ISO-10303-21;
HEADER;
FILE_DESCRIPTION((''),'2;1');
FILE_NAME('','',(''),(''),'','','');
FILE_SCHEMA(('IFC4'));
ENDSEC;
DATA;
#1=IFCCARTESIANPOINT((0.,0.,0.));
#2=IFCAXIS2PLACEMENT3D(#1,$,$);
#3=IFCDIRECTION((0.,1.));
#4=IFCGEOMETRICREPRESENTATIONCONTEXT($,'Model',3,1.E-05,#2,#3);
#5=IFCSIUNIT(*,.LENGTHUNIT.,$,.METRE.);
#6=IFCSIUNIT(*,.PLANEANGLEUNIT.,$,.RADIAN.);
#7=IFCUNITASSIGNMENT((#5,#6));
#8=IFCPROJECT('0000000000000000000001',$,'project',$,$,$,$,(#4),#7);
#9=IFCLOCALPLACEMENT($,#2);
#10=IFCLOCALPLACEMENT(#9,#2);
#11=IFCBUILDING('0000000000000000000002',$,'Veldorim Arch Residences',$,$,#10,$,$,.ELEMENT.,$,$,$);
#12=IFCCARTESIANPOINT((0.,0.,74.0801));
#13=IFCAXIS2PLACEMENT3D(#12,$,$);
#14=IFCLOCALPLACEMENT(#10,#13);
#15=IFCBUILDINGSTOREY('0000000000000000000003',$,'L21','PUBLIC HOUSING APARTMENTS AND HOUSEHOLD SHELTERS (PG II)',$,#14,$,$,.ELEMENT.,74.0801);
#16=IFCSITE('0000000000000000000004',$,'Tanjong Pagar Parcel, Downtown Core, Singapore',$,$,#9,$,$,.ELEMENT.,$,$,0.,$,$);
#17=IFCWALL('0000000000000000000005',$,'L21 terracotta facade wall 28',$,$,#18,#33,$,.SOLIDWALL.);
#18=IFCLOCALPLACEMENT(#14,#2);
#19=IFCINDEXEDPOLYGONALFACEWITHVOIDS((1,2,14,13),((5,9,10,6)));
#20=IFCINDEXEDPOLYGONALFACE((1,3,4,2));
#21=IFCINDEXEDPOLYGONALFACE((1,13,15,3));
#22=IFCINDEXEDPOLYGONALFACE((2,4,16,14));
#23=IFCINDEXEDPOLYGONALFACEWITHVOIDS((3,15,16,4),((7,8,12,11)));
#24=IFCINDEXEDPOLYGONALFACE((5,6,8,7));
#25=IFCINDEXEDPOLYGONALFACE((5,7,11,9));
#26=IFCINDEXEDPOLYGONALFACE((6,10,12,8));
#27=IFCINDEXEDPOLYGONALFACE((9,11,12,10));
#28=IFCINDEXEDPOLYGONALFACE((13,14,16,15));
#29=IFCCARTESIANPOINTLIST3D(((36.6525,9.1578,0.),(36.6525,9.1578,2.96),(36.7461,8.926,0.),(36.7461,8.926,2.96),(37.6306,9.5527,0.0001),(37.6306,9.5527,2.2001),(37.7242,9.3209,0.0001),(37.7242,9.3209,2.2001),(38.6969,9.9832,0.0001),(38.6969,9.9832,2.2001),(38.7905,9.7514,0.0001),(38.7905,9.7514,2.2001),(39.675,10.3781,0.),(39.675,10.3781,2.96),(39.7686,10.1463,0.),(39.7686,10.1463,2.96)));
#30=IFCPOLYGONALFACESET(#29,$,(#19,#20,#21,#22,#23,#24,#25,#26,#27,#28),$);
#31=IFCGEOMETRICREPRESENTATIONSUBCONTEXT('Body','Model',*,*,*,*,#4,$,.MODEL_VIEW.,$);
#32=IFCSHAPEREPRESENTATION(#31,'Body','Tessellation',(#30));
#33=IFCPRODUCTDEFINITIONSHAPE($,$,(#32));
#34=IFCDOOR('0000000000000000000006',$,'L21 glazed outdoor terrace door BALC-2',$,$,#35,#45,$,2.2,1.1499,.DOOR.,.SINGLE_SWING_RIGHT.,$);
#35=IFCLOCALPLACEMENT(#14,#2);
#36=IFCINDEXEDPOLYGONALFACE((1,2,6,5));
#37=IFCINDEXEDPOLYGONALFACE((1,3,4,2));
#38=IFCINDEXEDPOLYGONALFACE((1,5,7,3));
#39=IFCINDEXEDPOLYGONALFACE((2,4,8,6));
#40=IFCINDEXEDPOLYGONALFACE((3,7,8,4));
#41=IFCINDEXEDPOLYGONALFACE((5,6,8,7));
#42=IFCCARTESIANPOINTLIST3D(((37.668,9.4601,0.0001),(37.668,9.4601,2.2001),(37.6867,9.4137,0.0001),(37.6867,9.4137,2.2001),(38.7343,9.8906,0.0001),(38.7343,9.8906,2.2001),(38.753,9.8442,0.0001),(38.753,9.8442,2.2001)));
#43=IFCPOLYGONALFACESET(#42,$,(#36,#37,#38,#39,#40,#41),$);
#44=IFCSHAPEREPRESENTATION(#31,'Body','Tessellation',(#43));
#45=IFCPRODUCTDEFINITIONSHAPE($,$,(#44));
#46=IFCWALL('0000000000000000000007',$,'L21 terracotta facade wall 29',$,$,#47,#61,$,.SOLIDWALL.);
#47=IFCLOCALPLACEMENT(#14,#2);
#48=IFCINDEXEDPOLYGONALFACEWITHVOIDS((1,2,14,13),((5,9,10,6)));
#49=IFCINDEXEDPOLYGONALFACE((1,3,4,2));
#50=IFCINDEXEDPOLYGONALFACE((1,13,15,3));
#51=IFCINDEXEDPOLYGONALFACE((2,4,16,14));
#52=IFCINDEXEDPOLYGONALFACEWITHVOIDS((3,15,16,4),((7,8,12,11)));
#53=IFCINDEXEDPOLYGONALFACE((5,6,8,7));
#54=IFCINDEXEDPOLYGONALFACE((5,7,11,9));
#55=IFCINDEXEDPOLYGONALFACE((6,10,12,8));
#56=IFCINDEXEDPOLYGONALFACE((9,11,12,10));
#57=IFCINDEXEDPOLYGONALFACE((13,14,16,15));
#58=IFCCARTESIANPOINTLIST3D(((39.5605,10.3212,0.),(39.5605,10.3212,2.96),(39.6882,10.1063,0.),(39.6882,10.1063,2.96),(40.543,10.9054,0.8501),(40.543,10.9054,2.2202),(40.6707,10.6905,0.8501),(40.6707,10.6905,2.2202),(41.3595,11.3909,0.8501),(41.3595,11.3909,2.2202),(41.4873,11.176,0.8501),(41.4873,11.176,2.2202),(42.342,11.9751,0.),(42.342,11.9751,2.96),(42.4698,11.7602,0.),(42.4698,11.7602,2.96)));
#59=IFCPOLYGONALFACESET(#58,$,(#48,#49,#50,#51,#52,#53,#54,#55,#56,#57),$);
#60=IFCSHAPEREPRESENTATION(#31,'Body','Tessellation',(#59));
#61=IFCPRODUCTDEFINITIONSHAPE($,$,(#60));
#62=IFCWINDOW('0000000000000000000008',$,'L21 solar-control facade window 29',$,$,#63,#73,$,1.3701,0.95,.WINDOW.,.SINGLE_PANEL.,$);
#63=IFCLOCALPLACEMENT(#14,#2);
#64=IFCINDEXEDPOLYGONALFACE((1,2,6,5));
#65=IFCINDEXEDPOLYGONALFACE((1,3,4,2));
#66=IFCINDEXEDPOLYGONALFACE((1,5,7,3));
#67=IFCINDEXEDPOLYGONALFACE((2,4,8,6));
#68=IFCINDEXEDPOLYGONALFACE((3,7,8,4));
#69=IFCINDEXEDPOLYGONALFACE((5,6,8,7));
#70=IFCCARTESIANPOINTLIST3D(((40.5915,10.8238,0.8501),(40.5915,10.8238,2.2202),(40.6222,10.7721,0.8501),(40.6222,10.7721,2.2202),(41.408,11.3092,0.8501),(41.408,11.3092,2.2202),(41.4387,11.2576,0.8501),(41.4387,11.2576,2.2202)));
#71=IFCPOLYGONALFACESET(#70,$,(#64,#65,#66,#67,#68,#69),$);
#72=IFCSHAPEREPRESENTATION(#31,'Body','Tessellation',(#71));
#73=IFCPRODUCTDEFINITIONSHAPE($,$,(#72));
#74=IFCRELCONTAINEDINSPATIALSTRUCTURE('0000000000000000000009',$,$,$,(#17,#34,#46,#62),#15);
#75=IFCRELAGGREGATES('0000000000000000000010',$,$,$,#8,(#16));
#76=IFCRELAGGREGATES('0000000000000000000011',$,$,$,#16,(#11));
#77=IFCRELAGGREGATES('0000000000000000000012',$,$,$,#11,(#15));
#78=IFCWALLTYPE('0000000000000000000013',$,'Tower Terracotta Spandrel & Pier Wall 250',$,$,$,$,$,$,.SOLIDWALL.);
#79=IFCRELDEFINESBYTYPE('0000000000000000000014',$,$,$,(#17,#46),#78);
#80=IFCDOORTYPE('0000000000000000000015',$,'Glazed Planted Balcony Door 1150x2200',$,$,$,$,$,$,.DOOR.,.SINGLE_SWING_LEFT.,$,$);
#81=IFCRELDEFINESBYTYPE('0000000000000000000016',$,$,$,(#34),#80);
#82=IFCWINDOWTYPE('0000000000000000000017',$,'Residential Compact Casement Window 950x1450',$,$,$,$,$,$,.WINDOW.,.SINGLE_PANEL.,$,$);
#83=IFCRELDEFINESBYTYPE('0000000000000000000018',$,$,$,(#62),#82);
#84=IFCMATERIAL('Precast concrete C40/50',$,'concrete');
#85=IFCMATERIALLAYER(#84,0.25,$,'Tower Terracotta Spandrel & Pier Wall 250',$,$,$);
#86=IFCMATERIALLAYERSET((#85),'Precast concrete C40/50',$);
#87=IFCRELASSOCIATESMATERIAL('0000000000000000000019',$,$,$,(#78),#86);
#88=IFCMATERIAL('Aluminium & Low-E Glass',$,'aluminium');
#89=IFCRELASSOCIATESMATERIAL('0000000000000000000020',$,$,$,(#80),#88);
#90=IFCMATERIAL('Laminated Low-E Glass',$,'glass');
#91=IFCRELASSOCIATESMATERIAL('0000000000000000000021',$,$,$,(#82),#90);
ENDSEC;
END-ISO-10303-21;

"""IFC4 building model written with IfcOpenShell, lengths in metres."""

from ifc_helpers import new_model, si_unit, direction, frame, frame_2d, origin, place, context, subcontext, project, spatial, rectangle, extrude, material, layer, layer_set, type_object, element, fill, save


model = new_model("IFC4")

# Units and contexts
model_context = context("Model", 3, precision=1e-05, world=origin(), true_north=direction((0.0, 1.0)))
body_context = subcontext(model_context, "Body", "Model", "MODEL_VIEW")
ifc_project = project(units=[si_unit("LENGTHUNIT", "METRE"), si_unit("PLANEANGLEUNIT", "RADIAN")], contexts=[model_context])

# Site, building, storey
site_placement = place(None, origin())
site = spatial("IfcSite", under=ifc_project, at=site_placement, Name="Tanjong Pagar Parcel, Downtown Core, Singapore", CompositionType="ELEMENT", RefElevation=0.0)
building_placement = place(site_placement, origin())
building = spatial("IfcBuilding", under=site, at=building_placement, Name="Veldorim Arch Residences", CompositionType="ELEMENT")
storey_placement = place(building_placement, frame((0.0, 0.0, 74.0801)))
storey = spatial("IfcBuildingStorey", under=building, at=storey_placement, Name="L21", Description="PUBLIC HOUSING APARTMENTS AND HOUSEHOLD SHELTERS (PG II)", CompositionType="ELEMENT", Elevation=74.0801)

# Wall, opening, door
ifc_material_1 = material(Name="Precast concrete C40/50", Category="concrete")
ifc_layer_1 = layer(ifc_material_1, 0.25, Name="Tower Terracotta Spandrel & Pier Wall 250")
ifc_layer_set_1 = layer_set([ifc_layer_1], Name="Precast concrete C40/50")
wall_type_1 = type_object("IfcWallType", Name="Tower Terracotta Spandrel & Pier Wall 250", PredefinedType="SOLIDWALL", material=ifc_layer_set_1)
wall_1_placement = place(storey_placement, frame((39.7219, 10.2622, 0.0), z_axis=(0.0, 0.0, 1.0), x_axis=(-0.927284, -0.374359, 0.0)))
wall_1 = element("IfcWall", 1, at=wall_1_placement, inside=storey, type_object=wall_type_1, Name="L21 terracotta facade wall 28", PredefinedType="SOLIDWALL", context=body_context, shape_type="SweptSolid", body=[
    extrude(rectangle(XDim=3.2595, YDim=0.25, at=frame_2d((1.6299, 0.0))), origin(), (0.0, 0.0, 1.0), 2.96),
])
opening_1_placement = place(wall_1_placement, frame((1.0549, 0.0, 0.0)))
opening_1 = element("IfcOpeningElement", 2, at=opening_1_placement, cuts=wall_1, PredefinedType="OPENING", context=body_context, shape_type="SweptSolid", body=[
    extrude(rectangle(XDim=1.1499, YDim=2.2, at=frame_2d((0.575, 1.1001))), frame((0.0, 0.135, 0.0), z_axis=(0.0, -1.0, 0.0), x_axis=(1.0, 0.0, 0.0)), (0.0, 0.0, 1.0), 0.27),
])
ifc_material_2 = material(Name="Aluminium & Low-E Glass", Category="aluminium")
door_type_1 = type_object("IfcDoorType", Name="Glazed Planted Balcony Door 1150x2200", OperationType="SINGLE_SWING_LEFT", PredefinedType="DOOR", material=ifc_material_2)
door_1_placement = place(opening_1_placement, origin())
door_1 = element("IfcDoor", 3, at=door_1_placement, inside=storey, type_object=door_type_1, Name="L21 glazed outdoor terrace door BALC-2", OperationType="SINGLE_SWING_RIGHT", OverallHeight=2.2, OverallWidth=1.1499, PredefinedType="DOOR", context=body_context, shape_type="SweptSolid", body=[
    extrude(rectangle(XDim=1.1499, YDim=2.2, at=frame_2d((0.575, 1.1001))), frame((0.0, 0.0249, 0.0), z_axis=(0.0, -1.0, 0.0), x_axis=(1.0, 0.0, 0.0)), (0.0, 0.0, 1.0), 0.05),
])
fill(opening_1, door_1)

# Wall, opening, window
wall_2_placement = place(storey_placement, frame((42.406, 11.8677, 0.0), z_axis=(0.0, 0.0, 1.0), x_axis=(-0.859543, -0.511063, 0.0)))
wall_2 = element("IfcWall", 4, at=wall_2_placement, inside=storey, type_object=wall_type_1, Name="L21 terracotta facade wall 29", PredefinedType="SOLIDWALL", context=body_context, shape_type="SweptSolid", body=[
    extrude(rectangle(XDim=3.2361, YDim=0.25, at=frame_2d((1.6182, 0.0))), origin(), (0.0, 0.0, 1.0), 2.96),
])
opening_2_placement = place(wall_2_placement, frame((1.1431, 0.0, 0.8501)))
opening_2 = element("IfcOpeningElement", 5, at=opening_2_placement, cuts=wall_2, PredefinedType="OPENING", context=body_context, shape_type="SweptSolid", body=[
    extrude(rectangle(XDim=0.95, YDim=1.3701, at=frame_2d((0.4751, 0.6851))), frame((0.0, 0.135, 0.0), z_axis=(0.0, -1.0, 0.0), x_axis=(1.0, 0.0, 0.0)), (0.0, 0.0, 1.0), 0.27),
])
ifc_material_3 = material(Name="Laminated Low-E Glass", Category="glass")
window_type = type_object("IfcWindowType", Name="Residential Compact Casement Window 950x1450", PartitioningType="SINGLE_PANEL", PredefinedType="WINDOW", material=ifc_material_3)
window_placement = place(opening_2_placement, origin())
window = element("IfcWindow", 6, at=window_placement, inside=storey, type_object=window_type, Name="L21 solar-control facade window 29", OverallHeight=1.3701, OverallWidth=0.95, PartitioningType="SINGLE_PANEL", PredefinedType="WINDOW", context=body_context, shape_type="SweptSolid", body=[
    extrude(rectangle(XDim=0.95, YDim=1.3701, at=frame_2d((0.4751, 0.6851))), frame((0.0, 0.03, 0.0), z_axis=(0.0, -1.0, 0.0), x_axis=(1.0, 0.0, 0.0)), (0.0, 0.0, 1.0), 0.0601),
])
fill(opening_2, window)

save(model, "model.ifc")
